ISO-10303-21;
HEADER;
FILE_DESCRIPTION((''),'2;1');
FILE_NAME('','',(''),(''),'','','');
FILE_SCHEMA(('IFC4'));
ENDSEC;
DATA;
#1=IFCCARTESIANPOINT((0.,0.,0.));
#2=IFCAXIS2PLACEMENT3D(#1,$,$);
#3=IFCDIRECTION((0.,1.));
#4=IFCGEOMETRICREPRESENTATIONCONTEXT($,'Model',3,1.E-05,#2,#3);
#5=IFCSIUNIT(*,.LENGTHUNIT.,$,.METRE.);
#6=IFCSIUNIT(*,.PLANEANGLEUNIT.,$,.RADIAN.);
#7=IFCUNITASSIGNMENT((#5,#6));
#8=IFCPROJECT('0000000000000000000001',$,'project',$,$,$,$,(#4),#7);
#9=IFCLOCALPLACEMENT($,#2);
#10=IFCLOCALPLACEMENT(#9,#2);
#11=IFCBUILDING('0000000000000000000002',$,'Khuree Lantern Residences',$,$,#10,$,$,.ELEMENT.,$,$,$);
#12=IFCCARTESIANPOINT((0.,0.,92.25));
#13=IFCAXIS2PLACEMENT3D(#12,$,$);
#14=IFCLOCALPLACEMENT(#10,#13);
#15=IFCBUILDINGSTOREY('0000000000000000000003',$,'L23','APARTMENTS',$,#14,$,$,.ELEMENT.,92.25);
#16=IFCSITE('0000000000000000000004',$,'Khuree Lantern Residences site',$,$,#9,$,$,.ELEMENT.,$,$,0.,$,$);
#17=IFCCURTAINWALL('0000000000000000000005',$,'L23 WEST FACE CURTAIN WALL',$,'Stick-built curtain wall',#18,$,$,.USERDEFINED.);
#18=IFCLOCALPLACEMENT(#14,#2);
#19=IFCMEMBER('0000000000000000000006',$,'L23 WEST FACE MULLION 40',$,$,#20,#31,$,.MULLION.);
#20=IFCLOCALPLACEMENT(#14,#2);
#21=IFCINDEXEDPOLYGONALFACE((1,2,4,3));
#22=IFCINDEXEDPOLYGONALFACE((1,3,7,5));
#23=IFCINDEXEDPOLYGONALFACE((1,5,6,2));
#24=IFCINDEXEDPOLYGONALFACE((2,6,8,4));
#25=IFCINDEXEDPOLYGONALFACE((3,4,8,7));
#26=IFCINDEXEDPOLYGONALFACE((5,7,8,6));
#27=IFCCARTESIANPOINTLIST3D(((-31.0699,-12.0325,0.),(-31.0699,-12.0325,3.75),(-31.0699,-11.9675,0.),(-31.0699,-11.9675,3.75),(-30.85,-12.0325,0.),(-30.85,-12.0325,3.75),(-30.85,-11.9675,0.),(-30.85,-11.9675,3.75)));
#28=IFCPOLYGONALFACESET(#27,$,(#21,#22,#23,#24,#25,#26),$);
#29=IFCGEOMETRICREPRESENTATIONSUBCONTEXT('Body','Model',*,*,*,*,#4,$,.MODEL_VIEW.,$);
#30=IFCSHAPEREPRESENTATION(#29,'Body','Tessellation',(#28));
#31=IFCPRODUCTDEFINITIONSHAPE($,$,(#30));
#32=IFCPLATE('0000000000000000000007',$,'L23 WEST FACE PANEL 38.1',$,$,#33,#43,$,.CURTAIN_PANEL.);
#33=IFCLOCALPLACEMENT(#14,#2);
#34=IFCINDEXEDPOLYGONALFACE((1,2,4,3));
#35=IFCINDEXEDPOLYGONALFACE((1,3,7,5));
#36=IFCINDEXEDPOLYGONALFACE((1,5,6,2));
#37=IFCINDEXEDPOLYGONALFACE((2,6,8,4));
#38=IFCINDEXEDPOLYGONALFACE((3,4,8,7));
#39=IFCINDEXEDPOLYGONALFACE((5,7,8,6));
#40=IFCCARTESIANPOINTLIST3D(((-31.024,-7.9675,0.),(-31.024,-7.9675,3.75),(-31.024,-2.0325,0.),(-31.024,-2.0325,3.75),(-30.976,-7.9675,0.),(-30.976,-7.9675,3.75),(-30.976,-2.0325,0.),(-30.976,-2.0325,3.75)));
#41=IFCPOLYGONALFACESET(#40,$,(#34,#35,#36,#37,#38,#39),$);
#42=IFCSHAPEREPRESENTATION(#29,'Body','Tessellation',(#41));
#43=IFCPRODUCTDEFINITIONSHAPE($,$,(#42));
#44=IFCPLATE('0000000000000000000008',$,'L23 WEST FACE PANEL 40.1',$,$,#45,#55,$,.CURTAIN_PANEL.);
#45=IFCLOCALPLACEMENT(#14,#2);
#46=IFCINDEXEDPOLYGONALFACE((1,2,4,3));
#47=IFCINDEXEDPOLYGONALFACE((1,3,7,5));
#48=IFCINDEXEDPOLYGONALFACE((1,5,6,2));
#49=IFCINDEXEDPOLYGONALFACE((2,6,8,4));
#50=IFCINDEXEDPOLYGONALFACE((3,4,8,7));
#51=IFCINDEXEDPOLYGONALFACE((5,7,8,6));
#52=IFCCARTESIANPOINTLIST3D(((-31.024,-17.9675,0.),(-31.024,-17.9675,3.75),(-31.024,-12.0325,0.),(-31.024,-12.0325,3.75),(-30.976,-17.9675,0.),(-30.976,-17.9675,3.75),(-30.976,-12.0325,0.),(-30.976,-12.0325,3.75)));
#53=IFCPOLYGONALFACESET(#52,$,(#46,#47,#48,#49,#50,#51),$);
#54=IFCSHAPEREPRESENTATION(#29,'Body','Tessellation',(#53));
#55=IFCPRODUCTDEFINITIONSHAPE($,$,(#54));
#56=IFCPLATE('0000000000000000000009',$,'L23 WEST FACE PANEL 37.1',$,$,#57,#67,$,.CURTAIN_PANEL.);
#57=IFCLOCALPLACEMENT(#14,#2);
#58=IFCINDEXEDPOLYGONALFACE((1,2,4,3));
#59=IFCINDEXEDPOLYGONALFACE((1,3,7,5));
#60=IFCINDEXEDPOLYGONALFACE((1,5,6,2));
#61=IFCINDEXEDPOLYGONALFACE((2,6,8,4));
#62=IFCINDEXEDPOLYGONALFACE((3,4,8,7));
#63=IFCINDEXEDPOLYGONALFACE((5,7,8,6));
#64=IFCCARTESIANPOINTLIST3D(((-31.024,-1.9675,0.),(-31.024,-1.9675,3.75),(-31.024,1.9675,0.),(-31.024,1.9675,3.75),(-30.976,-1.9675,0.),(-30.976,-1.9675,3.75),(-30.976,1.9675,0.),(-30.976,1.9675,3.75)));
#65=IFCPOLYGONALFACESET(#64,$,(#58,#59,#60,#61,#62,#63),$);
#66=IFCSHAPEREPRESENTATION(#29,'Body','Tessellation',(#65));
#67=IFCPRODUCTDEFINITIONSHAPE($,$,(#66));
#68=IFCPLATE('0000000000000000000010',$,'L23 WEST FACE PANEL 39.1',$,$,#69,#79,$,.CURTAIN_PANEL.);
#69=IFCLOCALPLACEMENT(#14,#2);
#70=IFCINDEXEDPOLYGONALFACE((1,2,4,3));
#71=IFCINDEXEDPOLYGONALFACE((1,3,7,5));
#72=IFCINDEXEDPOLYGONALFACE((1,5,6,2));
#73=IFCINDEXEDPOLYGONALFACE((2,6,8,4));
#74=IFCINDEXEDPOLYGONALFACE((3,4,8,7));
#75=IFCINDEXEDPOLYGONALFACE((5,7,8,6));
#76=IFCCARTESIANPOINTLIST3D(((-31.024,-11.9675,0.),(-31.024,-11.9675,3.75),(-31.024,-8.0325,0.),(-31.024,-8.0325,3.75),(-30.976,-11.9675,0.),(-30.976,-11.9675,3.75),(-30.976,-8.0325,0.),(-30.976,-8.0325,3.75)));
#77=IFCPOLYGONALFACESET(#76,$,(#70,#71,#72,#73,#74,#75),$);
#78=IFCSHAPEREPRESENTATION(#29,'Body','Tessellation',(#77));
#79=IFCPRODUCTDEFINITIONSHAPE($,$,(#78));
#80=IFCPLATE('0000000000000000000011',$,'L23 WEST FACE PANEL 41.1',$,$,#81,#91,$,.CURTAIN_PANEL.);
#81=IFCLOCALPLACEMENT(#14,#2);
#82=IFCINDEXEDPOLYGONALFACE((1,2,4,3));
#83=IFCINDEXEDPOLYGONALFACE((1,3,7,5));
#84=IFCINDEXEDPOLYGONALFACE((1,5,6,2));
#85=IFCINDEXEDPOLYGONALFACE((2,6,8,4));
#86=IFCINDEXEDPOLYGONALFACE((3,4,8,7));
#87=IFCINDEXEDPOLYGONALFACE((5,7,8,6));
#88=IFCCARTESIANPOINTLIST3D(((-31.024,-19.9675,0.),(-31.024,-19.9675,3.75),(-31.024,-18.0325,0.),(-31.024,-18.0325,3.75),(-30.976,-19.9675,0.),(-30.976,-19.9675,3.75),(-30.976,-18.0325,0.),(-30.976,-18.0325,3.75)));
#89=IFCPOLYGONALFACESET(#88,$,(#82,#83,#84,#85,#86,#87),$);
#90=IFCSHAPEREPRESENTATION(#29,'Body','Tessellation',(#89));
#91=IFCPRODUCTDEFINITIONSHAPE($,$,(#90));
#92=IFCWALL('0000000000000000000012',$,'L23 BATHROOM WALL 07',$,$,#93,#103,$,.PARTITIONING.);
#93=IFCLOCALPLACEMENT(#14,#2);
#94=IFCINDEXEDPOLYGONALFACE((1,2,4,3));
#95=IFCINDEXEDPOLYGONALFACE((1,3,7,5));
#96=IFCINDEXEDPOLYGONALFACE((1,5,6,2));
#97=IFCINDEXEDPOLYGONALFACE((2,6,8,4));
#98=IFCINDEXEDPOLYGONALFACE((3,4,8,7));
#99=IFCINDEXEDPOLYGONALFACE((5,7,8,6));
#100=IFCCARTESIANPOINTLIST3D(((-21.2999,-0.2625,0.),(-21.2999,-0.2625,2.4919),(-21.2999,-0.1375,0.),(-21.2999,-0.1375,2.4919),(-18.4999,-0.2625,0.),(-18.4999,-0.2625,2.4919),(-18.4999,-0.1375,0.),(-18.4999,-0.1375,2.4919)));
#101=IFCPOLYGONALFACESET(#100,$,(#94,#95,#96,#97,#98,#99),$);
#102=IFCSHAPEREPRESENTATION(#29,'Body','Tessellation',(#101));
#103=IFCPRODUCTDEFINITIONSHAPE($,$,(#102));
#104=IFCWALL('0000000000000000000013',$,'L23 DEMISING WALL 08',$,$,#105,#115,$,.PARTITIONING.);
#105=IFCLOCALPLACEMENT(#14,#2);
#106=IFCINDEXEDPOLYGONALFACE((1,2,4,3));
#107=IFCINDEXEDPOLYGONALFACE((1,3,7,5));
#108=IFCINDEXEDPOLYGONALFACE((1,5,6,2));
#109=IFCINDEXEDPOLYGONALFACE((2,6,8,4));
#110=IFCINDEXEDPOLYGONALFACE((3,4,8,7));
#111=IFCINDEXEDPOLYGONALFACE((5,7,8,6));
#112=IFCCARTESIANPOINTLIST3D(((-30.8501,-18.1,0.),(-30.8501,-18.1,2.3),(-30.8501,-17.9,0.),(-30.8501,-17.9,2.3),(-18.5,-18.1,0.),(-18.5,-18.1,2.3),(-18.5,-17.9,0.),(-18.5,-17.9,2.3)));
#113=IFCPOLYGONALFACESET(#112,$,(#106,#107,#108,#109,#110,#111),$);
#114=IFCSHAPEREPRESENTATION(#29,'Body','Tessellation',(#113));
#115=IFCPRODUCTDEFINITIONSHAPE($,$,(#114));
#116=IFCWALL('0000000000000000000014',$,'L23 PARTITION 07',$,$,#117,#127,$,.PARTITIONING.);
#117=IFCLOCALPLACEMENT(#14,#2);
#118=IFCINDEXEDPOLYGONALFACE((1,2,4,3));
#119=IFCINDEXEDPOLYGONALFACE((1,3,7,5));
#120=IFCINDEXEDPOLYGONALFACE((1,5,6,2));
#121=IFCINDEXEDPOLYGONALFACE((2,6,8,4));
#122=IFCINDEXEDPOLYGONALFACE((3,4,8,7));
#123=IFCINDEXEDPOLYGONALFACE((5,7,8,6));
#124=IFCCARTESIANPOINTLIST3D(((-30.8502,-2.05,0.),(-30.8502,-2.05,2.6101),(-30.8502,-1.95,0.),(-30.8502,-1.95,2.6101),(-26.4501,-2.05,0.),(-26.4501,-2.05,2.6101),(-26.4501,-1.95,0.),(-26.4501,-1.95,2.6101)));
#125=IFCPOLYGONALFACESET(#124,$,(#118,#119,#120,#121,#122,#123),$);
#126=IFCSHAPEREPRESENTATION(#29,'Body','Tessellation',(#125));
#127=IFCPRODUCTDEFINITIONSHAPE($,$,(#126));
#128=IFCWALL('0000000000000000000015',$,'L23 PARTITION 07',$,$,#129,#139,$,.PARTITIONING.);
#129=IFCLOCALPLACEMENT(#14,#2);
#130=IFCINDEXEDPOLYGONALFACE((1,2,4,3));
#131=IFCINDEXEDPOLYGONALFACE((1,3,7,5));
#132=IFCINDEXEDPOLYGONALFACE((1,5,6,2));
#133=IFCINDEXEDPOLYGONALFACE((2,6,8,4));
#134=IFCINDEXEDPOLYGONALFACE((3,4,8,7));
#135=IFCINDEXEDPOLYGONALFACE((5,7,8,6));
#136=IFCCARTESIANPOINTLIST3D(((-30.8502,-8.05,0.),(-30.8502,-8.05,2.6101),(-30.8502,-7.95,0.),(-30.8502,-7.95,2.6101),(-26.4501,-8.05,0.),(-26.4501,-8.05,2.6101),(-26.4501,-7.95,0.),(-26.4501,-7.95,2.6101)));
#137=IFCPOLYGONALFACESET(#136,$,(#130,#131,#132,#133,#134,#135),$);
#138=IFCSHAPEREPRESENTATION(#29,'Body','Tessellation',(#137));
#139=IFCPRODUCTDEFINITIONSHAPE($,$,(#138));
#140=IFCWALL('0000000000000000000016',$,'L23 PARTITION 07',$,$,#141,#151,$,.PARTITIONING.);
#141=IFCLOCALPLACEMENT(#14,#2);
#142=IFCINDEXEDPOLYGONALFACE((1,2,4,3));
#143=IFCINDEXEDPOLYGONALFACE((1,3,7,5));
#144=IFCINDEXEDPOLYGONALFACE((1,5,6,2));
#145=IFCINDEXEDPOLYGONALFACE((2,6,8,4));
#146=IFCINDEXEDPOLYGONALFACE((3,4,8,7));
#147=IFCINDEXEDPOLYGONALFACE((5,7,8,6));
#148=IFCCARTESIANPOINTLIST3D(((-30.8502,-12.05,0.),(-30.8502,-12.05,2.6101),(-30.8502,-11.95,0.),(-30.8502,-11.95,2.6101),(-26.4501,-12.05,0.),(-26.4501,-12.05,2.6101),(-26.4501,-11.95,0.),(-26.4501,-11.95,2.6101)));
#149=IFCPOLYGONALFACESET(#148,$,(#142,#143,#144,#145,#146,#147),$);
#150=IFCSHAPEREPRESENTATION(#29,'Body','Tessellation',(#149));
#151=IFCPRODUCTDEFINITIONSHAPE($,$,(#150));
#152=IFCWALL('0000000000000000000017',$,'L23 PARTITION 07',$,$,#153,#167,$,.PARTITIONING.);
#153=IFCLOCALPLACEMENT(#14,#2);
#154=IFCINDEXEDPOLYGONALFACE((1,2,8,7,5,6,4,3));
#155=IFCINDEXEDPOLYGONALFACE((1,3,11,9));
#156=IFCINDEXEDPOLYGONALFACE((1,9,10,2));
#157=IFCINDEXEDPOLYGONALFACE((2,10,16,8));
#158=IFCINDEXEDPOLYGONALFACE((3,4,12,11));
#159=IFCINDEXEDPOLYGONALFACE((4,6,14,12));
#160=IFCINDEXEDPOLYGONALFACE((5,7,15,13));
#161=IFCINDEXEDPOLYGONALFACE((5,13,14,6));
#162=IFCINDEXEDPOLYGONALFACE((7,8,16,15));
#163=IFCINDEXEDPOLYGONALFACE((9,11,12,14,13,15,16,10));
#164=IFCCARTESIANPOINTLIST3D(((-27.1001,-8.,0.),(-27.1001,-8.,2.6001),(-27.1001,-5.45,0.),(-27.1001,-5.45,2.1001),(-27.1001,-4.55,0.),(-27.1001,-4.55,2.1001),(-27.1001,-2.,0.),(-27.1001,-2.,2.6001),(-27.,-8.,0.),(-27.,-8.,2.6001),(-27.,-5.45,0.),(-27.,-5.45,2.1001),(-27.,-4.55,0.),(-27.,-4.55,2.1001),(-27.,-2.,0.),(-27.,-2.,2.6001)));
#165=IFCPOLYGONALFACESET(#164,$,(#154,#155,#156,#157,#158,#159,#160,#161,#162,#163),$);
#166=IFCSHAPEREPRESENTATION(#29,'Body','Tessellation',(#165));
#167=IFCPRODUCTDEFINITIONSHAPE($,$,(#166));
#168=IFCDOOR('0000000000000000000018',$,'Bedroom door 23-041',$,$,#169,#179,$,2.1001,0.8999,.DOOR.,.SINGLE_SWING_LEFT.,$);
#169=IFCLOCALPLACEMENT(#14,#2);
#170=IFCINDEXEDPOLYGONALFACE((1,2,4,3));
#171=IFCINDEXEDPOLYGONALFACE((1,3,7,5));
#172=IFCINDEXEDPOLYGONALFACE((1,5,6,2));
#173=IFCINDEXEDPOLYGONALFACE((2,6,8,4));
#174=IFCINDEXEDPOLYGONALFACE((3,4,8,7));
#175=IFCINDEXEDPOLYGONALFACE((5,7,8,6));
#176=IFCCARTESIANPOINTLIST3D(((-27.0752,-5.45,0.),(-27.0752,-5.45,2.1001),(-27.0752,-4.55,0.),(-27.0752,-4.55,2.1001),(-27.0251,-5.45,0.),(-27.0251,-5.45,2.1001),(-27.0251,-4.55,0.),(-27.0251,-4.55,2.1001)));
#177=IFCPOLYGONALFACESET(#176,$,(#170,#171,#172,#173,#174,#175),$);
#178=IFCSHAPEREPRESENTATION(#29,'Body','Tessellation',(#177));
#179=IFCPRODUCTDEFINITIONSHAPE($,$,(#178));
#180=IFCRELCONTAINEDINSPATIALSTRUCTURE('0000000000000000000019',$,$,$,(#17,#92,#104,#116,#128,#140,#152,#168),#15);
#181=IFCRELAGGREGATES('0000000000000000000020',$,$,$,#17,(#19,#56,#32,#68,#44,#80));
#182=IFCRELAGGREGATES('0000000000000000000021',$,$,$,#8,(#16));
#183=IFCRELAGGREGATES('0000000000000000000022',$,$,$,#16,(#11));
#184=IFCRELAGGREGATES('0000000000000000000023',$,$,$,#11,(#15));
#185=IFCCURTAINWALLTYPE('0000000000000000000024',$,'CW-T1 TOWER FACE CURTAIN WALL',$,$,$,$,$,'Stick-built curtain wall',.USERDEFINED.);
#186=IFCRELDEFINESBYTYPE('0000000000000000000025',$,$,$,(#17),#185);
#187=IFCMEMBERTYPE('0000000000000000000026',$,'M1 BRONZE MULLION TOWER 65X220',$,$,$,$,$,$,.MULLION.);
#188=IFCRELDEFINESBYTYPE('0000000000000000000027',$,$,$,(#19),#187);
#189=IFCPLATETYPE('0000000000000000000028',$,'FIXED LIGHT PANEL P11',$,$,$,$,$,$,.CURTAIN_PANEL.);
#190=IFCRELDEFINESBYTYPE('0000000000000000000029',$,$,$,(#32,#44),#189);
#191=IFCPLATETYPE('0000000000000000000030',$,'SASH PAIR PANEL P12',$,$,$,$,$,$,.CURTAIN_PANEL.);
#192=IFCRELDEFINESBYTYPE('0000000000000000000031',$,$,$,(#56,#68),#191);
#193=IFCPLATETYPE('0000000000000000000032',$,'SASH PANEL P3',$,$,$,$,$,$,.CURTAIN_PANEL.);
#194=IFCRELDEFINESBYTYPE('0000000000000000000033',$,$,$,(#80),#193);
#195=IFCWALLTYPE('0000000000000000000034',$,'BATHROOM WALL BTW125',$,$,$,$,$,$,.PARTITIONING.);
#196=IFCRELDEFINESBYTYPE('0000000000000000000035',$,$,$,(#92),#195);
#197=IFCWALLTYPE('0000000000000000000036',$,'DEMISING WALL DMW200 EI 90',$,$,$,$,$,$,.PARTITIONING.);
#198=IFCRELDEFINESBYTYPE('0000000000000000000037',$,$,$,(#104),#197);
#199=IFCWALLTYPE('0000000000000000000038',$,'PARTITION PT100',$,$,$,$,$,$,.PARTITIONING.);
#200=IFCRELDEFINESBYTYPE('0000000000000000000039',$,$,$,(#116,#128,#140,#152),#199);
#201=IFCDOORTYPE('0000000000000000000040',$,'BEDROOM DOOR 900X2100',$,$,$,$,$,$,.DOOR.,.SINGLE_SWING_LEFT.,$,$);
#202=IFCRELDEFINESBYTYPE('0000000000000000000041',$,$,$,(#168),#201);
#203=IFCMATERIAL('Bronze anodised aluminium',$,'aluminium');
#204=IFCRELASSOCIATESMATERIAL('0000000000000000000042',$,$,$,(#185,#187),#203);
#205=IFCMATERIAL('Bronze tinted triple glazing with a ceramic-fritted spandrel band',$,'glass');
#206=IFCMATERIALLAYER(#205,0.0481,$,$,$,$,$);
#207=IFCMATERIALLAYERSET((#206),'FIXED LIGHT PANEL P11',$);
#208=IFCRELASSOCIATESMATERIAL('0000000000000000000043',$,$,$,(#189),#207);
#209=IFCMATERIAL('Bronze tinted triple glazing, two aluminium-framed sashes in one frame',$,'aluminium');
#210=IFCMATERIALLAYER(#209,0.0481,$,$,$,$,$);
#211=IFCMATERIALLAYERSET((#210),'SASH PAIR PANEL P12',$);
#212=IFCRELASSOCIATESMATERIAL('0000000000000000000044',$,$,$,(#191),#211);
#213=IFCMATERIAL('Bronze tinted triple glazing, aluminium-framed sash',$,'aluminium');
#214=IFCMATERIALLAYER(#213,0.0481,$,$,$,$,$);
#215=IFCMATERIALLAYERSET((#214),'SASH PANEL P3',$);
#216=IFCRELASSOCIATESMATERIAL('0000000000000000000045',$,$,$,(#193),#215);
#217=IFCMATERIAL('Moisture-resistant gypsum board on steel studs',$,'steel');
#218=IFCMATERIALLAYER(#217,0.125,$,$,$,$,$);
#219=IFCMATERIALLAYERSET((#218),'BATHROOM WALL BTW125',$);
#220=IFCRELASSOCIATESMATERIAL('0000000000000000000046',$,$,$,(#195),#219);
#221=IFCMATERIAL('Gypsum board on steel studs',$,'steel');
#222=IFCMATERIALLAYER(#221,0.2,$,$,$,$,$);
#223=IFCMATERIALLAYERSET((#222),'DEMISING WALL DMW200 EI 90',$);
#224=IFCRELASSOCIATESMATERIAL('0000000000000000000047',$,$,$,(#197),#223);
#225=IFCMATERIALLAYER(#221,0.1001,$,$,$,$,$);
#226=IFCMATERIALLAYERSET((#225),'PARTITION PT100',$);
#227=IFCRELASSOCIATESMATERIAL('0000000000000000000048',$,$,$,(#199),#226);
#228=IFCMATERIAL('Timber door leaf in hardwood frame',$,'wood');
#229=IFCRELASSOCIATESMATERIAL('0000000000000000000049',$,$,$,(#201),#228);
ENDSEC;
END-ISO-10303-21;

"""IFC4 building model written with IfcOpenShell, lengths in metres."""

from ifc_helpers import new_model, si_unit, direction, frame, frame_2d, origin, origin_2d, place, context, subcontext, project, spatial, rectangle, extrude, material, layer, layer_set, material_profile, profile_set, type_object, element, fill, aggregate, save


model = new_model("IFC4")

# Units and contexts
model_context = context("Model", 3, precision=1e-05, world=origin(), true_north=direction((0.0, 1.0)))
body_context = subcontext(model_context, "Body", "Model", "MODEL_VIEW")
ifc_project = project(units=[si_unit("LENGTHUNIT", "METRE"), si_unit("PLANEANGLEUNIT", "RADIAN")], contexts=[model_context])

# Site, building, storey
site_placement = place(None, origin())
site = spatial("IfcSite", under=ifc_project, at=site_placement, Name="Khuree Lantern Residences site", CompositionType="ELEMENT", RefElevation=0.0)
building_placement = place(site_placement, origin())
building = spatial("IfcBuilding", under=site, at=building_placement, Name="Khuree Lantern Residences", CompositionType="ELEMENT")
storey_placement = place(building_placement, frame((0.0, 0.0, 92.25)))
storey = spatial("IfcBuildingStorey", under=building, at=storey_placement, Name="L23", Description="APARTMENTS", CompositionType="ELEMENT", Elevation=92.25)

# Curtain wall
ifc_material_1 = material(Name="Bronze anodised aluminium", Category="aluminium")
curtain_wall_type = type_object("IfcCurtainWallType", Name="CW-T1 TOWER FACE CURTAIN WALL", ElementType="Stick-built curtain wall", PredefinedType="USERDEFINED", material=ifc_material_1)
curtain_wall_placement = place(storey_placement, origin())
curtain_wall = element("IfcCurtainWall", 1, at=curtain_wall_placement, inside=storey, type_object=curtain_wall_type, Name="L23 WEST FACE CURTAIN WALL", ObjectType="Stick-built curtain wall", PredefinedType="USERDEFINED")

# Member
ifc_material_profile_1 = material_profile(ifc_material_1, rectangle(XDim=0.0649, YDim=0.22, at=origin_2d()), Name="M1 65X220")
ifc_profile_set_1 = profile_set([ifc_material_profile_1], Name="Bronze anodised aluminium")
member_type_1 = type_object("IfcMemberType", Name="M1 BRONZE MULLION TOWER 65X220", PredefinedType="MULLION", material=ifc_profile_set_1)
member_1_placement = place(storey_placement, frame((-30.96, -12.0, 0.0), z_axis=(0.0, 0.0, 1.0), x_axis=(0.0, -1.0, 0.0)))
member_1 = element("IfcMember", 2, at=member_1_placement, type_object=member_type_1, Name="L23 WEST FACE MULLION 40", PredefinedType="MULLION", context=body_context, shape_type="SweptSolid", body=[
    extrude(rectangle(XDim=0.0649, YDim=0.22, at=origin_2d()), origin(), (0.0, 0.0, 1.0), 3.75),
])

# Plates
ifc_material_2 = material(Name="Bronze tinted triple glazing with a ceramic-fritted spandrel band", Category="glass")
ifc_layer_1 = layer(ifc_material_2, 0.0481)
ifc_layer_set_1 = layer_set([ifc_layer_1], Name="FIXED LIGHT PANEL P11")
plate_type_1 = type_object("IfcPlateType", Name="FIXED LIGHT PANEL P11", PredefinedType="CURTAIN_PANEL", material=ifc_layer_set_1)
plate_1_placement = place(storey_placement, frame((-31.0, -5.0, 0.0), z_axis=(0.0, 0.0, 1.0), x_axis=(0.0, -1.0, 0.0)))
plate_1 = element("IfcPlate", 3, at=plate_1_placement, type_object=plate_type_1, Name="L23 WEST FACE PANEL 38.1", PredefinedType="CURTAIN_PANEL", context=body_context, shape_type="SweptSolid", body=[
    extrude(rectangle(XDim=5.9351, YDim=0.0481, at=origin_2d()), origin(), (0.0, 0.0, 1.0), 3.75),
])
plate_2_placement = place(storey_placement, frame((-31.0, -15.0, 0.0), z_axis=(0.0, 0.0, 1.0), x_axis=(0.0, -1.0, 0.0)))
plate_2 = element("IfcPlate", 4, at=plate_2_placement, type_object=plate_type_1, Name="L23 WEST FACE PANEL 40.1", PredefinedType="CURTAIN_PANEL", context=body_context, shape_type="SweptSolid", body=[
    extrude(rectangle(XDim=5.9351, YDim=0.0481, at=origin_2d()), origin(), (0.0, 0.0, 1.0), 3.75),
])
ifc_material_3 = material(Name="Bronze tinted triple glazing, two aluminium-framed sashes in one frame", Category="aluminium")
ifc_layer_2 = layer(ifc_material_3, 0.0481)
ifc_layer_set_2 = layer_set([ifc_layer_2], Name="SASH PAIR PANEL P12")
plate_type_2 = type_object("IfcPlateType", Name="SASH PAIR PANEL P12", PredefinedType="CURTAIN_PANEL", material=ifc_layer_set_2)
plate_3_placement = place(storey_placement, frame((-31.0, 0.0, 0.0), z_axis=(0.0, 0.0, 1.0), x_axis=(0.0, -1.0, 0.0)))
plate_3 = element("IfcPlate", 5, at=plate_3_placement, type_object=plate_type_2, Name="L23 WEST FACE PANEL 37.1", PredefinedType="CURTAIN_PANEL", context=body_context, shape_type="SweptSolid", body=[
    extrude(rectangle(XDim=3.9351, YDim=0.0481, at=origin_2d()), origin(), (0.0, 0.0, 1.0), 3.75),
])
plate_4_placement = place(storey_placement, frame((-31.0, -10.0, 0.0), z_axis=(0.0, 0.0, 1.0), x_axis=(0.0, -1.0, 0.0)))
plate_4 = element("IfcPlate", 6, at=plate_4_placement, type_object=plate_type_2, Name="L23 WEST FACE PANEL 39.1", PredefinedType="CURTAIN_PANEL", context=body_context, shape_type="SweptSolid", body=[
    extrude(rectangle(XDim=3.9351, YDim=0.0481, at=origin_2d()), origin(), (0.0, 0.0, 1.0), 3.75),
])
ifc_material_4 = material(Name="Bronze tinted triple glazing, aluminium-framed sash", Category="aluminium")
ifc_layer_3 = layer(ifc_material_4, 0.0481)
ifc_layer_set_3 = layer_set([ifc_layer_3], Name="SASH PANEL P3")
plate_type_3 = type_object("IfcPlateType", Name="SASH PANEL P3", PredefinedType="CURTAIN_PANEL", material=ifc_layer_set_3)
plate_5_placement = place(storey_placement, frame((-31.0, -19.0, 0.0), z_axis=(0.0, 0.0, 1.0), x_axis=(0.0, -1.0, 0.0)))
plate_5 = element("IfcPlate", 7, at=plate_5_placement, type_object=plate_type_3, Name="L23 WEST FACE PANEL 41.1", PredefinedType="CURTAIN_PANEL", context=body_context, shape_type="SweptSolid", body=[
    extrude(rectangle(XDim=1.9351, YDim=0.0481, at=origin_2d()), origin(), (0.0, 0.0, 1.0), 3.75),
])
aggregate(curtain_wall, [member_1, plate_3, plate_1, plate_4, plate_2, plate_5])

# Walls
ifc_material_5 = material(Name="Moisture-resistant gypsum board on steel studs", Category="steel")
ifc_layer_4 = layer(ifc_material_5, 0.125)
ifc_layer_set_4 = layer_set([ifc_layer_4], Name="BATHROOM WALL BTW125")
wall_type_1 = type_object("IfcWallType", Name="BATHROOM WALL BTW125", PredefinedType="PARTITIONING", material=ifc_layer_set_4)
wall_1_placement = place(storey_placement, frame((-18.5, -0.2, 0.0), z_axis=(0.0, 0.0, 1.0), x_axis=(-1.0, 0.0, 0.0)))
element("IfcWall", 8, at=wall_1_placement, inside=storey, type_object=wall_type_1, Name="L23 BATHROOM WALL 07", PredefinedType="PARTITIONING", context=body_context, shape_type="SweptSolid", body=[
    extrude(rectangle(XDim=2.8, YDim=0.125, at=frame_2d((1.3999, 0.0))), origin(), (0.0, 0.0, 1.0), 2.4919),
])
ifc_material_6 = material(Name="Gypsum board on steel studs", Category="steel")
ifc_layer_5 = layer(ifc_material_6, 0.2)
ifc_layer_set_5 = layer_set([ifc_layer_5], Name="DEMISING WALL DMW200 EI 90")
wall_type_2 = type_object("IfcWallType", Name="DEMISING WALL DMW200 EI 90", PredefinedType="PARTITIONING", material=ifc_layer_set_5)
wall_2_placement = place(storey_placement, frame((-18.5, -18.0, 0.0), z_axis=(0.0, 0.0, 1.0), x_axis=(-1.0, 0.0, 0.0)))
element("IfcWall", 9, at=wall_2_placement, inside=storey, type_object=wall_type_2, Name="L23 DEMISING WALL 08", PredefinedType="PARTITIONING", context=body_context, shape_type="SweptSolid", body=[
    extrude(rectangle(XDim=12.3501, YDim=0.2, at=frame_2d((6.175, 0.0))), origin(), (0.0, 0.0, 1.0), 2.3),
])
ifc_layer_6 = layer(ifc_material_6, 0.1001)
ifc_layer_set_6 = layer_set([ifc_layer_6], Name="PARTITION PT100")
wall_type_3 = type_object("IfcWallType", Name="PARTITION PT100", PredefinedType="PARTITIONING", material=ifc_layer_set_6)
for number, where, z_axis, x_axis, name in (
    (10, (-26.45, -2.0, 0.0), (0.0, 0.0, 1.0), (-1.0, 0.0, 0.0), "L23 PARTITION 07"),
    (11, (-26.45, -8.0, 0.0), (0.0, 0.0, 1.0), (-1.0, 0.0, 0.0), "L23 PARTITION 07"),
    (12, (-26.45, -12.0, 0.0), (0.0, 0.0, 1.0), (-1.0, 0.0, 0.0), "L23 PARTITION 07"),
):
    element("IfcWall", number, at=place(storey_placement, frame(where, z_axis=z_axis, x_axis=x_axis)), inside=storey, type_object=wall_type_3, Name=name, PredefinedType="PARTITIONING", context=body_context, shape_type="SweptSolid", body=[
        extrude(rectangle(XDim=4.4001, YDim=0.1001, at=frame_2d((2.2002, 0.0))), origin(), (0.0, 0.0, 1.0), 2.6101),
    ])

# Wall, opening, door
wall_3_placement = place(storey_placement, frame((-27.05, -2.0, 0.0), z_axis=(0.0, 0.0, 1.0), x_axis=(0.0, -1.0, 0.0)))
wall_3 = element("IfcWall", 13, at=wall_3_placement, inside=storey, type_object=wall_type_3, Name="L23 PARTITION 07", PredefinedType="PARTITIONING", context=body_context, shape_type="SweptSolid", body=[
    extrude(rectangle(XDim=6.0, YDim=0.1001, at=frame_2d((3.0, 0.0))), origin(), (0.0, 0.0, 1.0), 2.6001),
])
opening_1_placement = place(wall_3_placement, frame((2.55, 0.0, 0.0)))
opening_1 = element("IfcOpeningElement", 14, at=opening_1_placement, cuts=wall_3, PredefinedType="OPENING", context=body_context, shape_type="SweptSolid", body=[
    extrude(rectangle(XDim=0.8999, YDim=2.1001, at=frame_2d((0.45, 1.05))), frame((0.0, 0.0601, 0.0), z_axis=(0.0, -1.0, 0.0), x_axis=(1.0, 0.0, 0.0)), (0.0, 0.0, 1.0), 0.1201),
])
ifc_material_7 = material(Name="Timber door leaf in hardwood frame", Category="wood")
door_type_1 = type_object("IfcDoorType", Name="BEDROOM DOOR 900X2100", OperationType="SINGLE_SWING_LEFT", PredefinedType="DOOR", material=ifc_material_7)
door_1_placement = place(opening_1_placement, origin())
door_1 = element("IfcDoor", 15, at=door_1_placement, inside=storey, type_object=door_type_1, Name="Bedroom door 23-041", OperationType="SINGLE_SWING_LEFT", OverallHeight=2.1001, OverallWidth=0.8999, PredefinedType="DOOR", context=body_context, shape_type="SweptSolid", body=[
    extrude(rectangle(XDim=0.8999, YDim=2.1001, at=frame_2d((0.45, 1.05))), frame((0.0, 0.0249, 0.0), z_axis=(0.0, -1.0, 0.0), x_axis=(1.0, 0.0, 0.0)), (0.0, 0.0, 1.0), 0.05),
])
fill(opening_1, door_1)

save(model, "model.ifc")
